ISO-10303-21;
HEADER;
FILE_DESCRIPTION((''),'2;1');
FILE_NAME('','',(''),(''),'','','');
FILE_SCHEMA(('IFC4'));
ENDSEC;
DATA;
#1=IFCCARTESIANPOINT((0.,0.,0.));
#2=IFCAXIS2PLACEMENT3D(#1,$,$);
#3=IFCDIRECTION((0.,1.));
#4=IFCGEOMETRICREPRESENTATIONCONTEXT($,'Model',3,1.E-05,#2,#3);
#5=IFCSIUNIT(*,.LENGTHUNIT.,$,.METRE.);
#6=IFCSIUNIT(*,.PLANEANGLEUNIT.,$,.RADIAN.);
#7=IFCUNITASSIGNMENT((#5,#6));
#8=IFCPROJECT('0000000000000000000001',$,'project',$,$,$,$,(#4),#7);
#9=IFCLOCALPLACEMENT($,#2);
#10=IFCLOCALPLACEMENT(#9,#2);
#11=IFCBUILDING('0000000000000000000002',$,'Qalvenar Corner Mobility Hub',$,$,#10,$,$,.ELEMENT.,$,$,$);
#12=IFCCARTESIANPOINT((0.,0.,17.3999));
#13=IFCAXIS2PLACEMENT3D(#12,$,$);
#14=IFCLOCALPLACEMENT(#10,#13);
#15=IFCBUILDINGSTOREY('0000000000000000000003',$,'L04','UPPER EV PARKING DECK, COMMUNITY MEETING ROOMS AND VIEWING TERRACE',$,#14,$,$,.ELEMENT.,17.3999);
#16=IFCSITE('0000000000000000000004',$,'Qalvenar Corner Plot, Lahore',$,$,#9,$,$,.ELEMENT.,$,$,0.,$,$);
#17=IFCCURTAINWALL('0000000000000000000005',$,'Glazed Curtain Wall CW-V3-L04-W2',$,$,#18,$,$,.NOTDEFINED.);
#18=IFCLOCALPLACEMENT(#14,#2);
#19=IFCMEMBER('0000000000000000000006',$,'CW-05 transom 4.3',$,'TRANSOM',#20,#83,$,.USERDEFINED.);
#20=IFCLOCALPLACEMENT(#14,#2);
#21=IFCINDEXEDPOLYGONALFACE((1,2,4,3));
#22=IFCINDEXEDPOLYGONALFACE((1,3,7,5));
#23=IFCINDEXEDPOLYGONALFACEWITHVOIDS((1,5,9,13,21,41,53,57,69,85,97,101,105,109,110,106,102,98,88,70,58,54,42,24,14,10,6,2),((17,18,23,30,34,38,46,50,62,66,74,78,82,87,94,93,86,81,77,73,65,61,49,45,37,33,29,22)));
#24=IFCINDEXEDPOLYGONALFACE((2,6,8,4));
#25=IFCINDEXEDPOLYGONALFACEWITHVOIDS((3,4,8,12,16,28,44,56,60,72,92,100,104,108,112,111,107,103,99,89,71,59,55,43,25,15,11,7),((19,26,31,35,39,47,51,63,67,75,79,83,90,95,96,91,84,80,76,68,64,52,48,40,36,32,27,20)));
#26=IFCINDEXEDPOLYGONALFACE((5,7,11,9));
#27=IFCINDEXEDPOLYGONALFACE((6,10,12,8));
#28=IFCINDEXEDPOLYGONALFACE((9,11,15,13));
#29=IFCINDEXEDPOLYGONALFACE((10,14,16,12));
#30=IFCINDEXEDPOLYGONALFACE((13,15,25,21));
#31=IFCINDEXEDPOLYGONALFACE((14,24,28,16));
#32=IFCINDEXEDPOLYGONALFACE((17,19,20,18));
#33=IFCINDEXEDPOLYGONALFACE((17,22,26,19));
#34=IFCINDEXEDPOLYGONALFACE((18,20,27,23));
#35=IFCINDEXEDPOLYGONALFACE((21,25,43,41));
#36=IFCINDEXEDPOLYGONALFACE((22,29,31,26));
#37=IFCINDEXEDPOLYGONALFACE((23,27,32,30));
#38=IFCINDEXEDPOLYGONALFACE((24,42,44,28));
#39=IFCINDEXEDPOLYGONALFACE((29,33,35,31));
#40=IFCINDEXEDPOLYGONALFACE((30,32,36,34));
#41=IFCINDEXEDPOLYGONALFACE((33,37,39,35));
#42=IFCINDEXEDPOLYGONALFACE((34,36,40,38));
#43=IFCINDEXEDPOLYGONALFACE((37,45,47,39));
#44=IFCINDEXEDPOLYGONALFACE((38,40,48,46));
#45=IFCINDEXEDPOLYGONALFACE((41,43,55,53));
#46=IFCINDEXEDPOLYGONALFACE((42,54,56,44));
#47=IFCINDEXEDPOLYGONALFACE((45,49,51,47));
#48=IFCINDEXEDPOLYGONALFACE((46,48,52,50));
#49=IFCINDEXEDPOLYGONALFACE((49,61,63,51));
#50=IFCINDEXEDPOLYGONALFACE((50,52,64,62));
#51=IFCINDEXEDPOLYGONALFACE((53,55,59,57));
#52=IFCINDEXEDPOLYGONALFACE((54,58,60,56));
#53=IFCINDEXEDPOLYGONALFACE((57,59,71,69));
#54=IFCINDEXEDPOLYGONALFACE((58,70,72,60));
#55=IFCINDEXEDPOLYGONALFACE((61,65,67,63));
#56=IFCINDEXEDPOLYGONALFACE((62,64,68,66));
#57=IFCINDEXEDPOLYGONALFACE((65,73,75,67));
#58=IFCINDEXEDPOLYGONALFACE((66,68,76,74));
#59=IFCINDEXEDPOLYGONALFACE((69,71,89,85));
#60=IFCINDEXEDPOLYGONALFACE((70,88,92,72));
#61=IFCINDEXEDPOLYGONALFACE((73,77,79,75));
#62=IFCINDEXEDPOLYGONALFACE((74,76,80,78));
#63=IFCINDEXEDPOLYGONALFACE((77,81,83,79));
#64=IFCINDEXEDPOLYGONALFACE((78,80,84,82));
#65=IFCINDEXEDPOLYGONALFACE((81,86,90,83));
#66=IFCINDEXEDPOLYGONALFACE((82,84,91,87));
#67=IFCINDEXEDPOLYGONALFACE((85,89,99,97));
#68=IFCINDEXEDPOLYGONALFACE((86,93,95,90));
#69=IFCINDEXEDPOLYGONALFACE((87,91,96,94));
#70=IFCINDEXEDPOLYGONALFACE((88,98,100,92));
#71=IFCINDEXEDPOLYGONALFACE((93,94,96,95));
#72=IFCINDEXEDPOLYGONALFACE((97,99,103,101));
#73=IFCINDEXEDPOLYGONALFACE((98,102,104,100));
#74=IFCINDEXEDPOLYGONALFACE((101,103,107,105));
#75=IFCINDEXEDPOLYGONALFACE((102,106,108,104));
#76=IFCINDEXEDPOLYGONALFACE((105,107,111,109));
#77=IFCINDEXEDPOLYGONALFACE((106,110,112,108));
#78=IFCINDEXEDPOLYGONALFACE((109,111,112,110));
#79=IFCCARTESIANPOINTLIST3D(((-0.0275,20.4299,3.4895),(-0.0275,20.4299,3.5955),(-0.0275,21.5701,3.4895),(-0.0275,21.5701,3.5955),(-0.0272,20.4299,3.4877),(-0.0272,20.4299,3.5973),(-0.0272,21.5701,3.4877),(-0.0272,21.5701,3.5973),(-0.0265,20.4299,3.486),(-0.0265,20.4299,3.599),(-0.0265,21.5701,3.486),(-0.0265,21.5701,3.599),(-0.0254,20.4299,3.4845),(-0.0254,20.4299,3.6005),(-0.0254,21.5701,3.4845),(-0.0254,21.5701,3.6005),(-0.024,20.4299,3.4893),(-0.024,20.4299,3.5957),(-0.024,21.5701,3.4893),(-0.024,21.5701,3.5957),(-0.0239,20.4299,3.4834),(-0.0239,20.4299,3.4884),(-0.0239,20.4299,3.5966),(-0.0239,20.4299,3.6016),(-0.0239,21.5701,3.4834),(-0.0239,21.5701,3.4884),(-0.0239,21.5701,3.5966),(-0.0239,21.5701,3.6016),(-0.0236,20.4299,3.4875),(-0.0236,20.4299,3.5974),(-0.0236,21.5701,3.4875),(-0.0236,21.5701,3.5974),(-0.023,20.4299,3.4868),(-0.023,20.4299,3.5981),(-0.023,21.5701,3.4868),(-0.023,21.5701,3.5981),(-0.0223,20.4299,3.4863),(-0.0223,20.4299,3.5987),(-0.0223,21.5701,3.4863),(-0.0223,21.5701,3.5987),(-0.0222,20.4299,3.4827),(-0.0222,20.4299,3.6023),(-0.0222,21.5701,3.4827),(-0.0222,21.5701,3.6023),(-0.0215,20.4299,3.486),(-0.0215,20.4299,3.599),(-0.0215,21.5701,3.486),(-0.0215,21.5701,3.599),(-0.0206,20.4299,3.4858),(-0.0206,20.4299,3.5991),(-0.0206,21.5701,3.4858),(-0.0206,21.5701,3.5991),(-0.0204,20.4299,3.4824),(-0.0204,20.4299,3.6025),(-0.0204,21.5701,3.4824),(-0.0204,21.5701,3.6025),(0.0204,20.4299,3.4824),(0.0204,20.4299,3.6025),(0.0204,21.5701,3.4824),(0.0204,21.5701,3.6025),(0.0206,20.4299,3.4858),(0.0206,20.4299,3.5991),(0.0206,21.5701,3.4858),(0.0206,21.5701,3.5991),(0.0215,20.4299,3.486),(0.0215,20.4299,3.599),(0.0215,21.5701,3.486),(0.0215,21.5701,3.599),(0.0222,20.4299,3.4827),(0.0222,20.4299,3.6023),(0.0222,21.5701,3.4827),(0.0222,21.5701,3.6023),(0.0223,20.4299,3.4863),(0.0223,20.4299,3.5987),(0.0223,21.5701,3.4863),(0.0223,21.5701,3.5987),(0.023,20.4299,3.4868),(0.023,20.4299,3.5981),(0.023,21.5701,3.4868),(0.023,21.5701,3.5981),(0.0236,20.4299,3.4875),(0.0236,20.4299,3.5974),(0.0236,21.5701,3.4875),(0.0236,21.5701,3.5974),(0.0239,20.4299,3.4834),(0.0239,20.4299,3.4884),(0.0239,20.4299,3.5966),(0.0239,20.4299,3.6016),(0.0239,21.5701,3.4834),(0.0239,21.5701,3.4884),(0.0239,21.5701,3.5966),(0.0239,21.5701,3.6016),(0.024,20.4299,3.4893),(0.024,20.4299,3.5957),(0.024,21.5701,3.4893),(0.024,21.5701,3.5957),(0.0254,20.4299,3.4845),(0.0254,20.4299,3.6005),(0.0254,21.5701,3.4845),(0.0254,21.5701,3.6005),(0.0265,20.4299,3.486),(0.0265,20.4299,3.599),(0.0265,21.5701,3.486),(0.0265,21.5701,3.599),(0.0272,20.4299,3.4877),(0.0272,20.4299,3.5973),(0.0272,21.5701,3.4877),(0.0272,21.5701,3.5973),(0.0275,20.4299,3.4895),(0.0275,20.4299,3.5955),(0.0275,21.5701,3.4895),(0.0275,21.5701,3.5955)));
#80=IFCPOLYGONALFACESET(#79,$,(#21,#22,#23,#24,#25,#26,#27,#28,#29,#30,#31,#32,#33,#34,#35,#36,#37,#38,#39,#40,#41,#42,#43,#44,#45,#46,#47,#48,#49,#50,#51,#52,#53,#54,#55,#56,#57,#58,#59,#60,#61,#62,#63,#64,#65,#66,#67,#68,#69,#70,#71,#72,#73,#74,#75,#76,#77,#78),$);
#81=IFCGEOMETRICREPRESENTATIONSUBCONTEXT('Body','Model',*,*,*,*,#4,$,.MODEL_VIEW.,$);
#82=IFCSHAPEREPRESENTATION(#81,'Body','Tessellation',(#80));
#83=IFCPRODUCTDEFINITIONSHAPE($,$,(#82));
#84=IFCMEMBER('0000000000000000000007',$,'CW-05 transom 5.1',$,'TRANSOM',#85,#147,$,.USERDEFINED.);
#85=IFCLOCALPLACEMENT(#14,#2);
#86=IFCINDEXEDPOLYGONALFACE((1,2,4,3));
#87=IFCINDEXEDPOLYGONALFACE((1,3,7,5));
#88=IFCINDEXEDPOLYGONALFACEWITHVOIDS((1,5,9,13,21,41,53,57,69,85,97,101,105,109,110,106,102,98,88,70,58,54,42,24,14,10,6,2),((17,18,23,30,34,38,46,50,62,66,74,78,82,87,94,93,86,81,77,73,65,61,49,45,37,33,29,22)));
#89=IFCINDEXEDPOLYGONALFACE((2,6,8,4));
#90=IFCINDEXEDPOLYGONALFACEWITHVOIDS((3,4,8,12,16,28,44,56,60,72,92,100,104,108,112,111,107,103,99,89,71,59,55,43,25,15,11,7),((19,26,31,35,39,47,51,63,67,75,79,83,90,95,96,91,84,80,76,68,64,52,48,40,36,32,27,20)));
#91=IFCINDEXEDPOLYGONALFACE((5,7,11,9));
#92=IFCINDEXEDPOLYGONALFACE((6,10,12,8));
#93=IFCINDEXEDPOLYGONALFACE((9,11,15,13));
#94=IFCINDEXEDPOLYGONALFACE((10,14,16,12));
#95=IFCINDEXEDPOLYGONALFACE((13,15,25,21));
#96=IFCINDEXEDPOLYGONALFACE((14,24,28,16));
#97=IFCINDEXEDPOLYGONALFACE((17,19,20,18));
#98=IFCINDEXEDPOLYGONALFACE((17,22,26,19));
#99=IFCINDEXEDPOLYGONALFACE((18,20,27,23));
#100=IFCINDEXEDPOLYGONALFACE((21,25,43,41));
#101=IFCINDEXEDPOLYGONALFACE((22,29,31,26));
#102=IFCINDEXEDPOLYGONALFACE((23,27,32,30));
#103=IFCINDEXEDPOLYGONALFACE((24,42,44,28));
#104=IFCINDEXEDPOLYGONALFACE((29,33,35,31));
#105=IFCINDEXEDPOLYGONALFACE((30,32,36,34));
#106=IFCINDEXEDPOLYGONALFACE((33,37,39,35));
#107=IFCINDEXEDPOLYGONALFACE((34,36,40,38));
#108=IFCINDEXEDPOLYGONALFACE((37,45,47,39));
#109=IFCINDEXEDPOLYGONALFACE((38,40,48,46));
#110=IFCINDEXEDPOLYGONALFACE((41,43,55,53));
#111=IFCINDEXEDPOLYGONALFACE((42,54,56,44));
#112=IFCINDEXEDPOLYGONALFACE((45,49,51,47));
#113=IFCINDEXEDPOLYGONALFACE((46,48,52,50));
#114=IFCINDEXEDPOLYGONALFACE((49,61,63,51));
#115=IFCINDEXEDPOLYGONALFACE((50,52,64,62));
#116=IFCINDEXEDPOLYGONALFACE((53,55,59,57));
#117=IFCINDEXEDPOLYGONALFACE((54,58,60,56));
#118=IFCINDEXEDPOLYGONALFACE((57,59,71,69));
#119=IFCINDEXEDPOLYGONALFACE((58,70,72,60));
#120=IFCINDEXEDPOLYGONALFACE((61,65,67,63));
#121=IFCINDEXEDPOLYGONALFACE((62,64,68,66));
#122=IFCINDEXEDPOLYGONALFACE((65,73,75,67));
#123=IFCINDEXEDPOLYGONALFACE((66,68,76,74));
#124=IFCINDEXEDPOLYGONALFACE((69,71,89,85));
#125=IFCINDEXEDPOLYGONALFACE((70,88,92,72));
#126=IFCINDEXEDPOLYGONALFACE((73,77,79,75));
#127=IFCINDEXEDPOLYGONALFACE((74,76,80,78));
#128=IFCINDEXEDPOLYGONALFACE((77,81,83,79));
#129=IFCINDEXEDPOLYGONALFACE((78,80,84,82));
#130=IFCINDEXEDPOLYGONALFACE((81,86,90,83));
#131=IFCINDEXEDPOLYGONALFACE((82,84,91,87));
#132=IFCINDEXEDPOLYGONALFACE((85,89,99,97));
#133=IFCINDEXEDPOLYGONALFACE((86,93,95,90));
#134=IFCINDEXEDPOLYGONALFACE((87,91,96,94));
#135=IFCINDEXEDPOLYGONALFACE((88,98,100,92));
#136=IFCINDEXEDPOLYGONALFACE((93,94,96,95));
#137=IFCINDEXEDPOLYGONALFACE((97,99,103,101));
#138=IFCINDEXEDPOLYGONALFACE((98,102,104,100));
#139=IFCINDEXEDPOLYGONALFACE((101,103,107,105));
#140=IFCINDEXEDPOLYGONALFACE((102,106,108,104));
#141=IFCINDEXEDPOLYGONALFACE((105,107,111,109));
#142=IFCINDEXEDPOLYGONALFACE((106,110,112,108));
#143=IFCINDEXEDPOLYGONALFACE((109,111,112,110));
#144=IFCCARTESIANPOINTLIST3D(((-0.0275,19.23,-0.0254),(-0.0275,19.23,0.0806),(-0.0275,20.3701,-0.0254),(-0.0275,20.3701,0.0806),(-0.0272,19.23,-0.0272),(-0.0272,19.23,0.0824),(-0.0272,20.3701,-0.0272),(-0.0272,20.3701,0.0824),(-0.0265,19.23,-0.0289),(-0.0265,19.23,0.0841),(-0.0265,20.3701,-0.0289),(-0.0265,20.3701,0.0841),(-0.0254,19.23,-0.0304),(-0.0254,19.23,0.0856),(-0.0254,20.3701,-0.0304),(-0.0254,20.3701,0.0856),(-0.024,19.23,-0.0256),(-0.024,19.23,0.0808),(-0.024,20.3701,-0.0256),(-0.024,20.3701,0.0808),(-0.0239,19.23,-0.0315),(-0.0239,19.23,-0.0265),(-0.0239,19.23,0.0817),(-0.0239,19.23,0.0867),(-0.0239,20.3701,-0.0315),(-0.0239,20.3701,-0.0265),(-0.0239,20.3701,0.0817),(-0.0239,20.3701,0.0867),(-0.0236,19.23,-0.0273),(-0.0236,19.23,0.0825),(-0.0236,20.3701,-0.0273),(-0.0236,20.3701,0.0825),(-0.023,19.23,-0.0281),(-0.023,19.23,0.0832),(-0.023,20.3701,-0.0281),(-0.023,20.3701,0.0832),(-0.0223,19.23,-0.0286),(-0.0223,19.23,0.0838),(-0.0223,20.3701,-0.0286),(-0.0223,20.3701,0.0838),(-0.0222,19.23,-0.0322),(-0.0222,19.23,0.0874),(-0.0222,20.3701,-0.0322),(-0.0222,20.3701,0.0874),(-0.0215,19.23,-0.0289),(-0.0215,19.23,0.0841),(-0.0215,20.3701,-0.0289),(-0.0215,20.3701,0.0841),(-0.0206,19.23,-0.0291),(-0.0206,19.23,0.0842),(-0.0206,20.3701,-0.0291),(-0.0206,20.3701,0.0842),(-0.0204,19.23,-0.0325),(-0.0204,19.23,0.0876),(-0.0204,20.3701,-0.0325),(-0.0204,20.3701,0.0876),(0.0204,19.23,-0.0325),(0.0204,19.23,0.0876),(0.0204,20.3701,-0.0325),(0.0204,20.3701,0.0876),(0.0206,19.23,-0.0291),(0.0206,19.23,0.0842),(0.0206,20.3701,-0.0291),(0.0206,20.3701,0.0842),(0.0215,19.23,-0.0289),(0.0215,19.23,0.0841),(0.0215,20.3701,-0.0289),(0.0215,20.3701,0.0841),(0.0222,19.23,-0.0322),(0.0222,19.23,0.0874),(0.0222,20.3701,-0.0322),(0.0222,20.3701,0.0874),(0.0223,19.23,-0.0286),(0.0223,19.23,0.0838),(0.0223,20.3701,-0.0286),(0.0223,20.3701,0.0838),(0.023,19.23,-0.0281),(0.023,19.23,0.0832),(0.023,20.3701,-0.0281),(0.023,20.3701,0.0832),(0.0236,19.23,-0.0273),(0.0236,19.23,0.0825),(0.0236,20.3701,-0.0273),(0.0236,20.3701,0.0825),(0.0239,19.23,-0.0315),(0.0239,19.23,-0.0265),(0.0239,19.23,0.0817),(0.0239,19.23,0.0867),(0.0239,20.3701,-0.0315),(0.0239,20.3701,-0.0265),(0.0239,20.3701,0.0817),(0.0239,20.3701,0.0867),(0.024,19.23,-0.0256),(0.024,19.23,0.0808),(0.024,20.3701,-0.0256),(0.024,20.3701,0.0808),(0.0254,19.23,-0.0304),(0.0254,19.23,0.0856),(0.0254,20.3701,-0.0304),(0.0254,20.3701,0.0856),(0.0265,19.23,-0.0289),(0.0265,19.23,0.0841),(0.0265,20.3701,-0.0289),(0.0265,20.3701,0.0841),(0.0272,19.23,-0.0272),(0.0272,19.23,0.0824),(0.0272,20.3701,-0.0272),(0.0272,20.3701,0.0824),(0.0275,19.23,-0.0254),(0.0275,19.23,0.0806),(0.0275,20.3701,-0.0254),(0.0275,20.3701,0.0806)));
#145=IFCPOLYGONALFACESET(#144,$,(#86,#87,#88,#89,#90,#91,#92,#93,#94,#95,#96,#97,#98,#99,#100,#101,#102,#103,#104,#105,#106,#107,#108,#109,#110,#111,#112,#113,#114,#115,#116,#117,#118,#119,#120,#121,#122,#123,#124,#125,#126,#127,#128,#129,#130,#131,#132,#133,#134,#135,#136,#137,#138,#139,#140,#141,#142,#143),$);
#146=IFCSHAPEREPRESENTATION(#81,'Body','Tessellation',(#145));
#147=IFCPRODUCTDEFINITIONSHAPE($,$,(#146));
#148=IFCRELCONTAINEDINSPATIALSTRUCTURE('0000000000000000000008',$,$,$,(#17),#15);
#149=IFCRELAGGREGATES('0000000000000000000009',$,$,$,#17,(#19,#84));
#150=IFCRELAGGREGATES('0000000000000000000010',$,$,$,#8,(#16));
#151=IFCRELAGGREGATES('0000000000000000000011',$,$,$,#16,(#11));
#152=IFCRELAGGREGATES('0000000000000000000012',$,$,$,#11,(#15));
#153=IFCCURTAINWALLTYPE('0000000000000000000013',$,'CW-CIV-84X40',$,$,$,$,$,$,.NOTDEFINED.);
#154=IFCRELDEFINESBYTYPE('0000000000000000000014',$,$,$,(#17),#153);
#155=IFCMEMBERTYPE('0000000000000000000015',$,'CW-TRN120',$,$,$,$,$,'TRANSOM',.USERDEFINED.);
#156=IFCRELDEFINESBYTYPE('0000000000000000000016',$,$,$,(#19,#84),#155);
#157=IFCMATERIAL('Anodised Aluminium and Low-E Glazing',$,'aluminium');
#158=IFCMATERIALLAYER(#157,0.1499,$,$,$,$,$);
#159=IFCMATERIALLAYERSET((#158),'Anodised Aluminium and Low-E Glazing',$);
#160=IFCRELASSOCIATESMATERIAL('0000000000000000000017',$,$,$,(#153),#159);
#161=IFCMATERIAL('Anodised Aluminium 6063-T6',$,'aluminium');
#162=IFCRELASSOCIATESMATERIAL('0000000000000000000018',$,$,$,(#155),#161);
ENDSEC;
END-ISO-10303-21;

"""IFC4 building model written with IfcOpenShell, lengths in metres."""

from ifc_helpers import new_model, si_unit, direction, frame, origin, origin_2d, place, context, subcontext, project, spatial, hollow_rectangle, extrude, material, layer, layer_set, material_profile, profile_set, type_object, element, aggregate, save


model = new_model("IFC4")

# Units and contexts
model_context = context("Model", 3, precision=1e-05, world=origin(), true_north=direction((0.0, 1.0)))
body_context = subcontext(model_context, "Body", "Model", "MODEL_VIEW")
ifc_project = project(units=[si_unit("LENGTHUNIT", "METRE"), si_unit("PLANEANGLEUNIT", "RADIAN")], contexts=[model_context])

# Site, building, storey
site_placement = place(None, origin())
site = spatial("IfcSite", under=ifc_project, at=site_placement, Name="Qalvenar Corner Plot, Lahore", CompositionType="ELEMENT", RefElevation=0.0)
building_placement = place(site_placement, origin())
building = spatial("IfcBuilding", under=site, at=building_placement, Name="Qalvenar Corner Mobility Hub", CompositionType="ELEMENT")
storey_placement = place(building_placement, frame((0.0, 0.0, 17.3999)))
storey = spatial("IfcBuildingStorey", under=building, at=storey_placement, Name="L04", Description="UPPER EV PARKING DECK, COMMUNITY MEETING ROOMS AND VIEWING TERRACE", CompositionType="ELEMENT", Elevation=17.3999)

# Curtain wall, members
ifc_material_1 = material(Name="Anodised Aluminium and Low-E Glazing", Category="aluminium")
ifc_layer_1 = layer(ifc_material_1, 0.1499)
ifc_layer_set_1 = layer_set([ifc_layer_1], Name="Anodised Aluminium and Low-E Glazing")
curtain_wall_type = type_object("IfcCurtainWallType", Name="CW-CIV-84X40", PredefinedType="NOTDEFINED", material=ifc_layer_set_1)
curtain_wall_placement = place(storey_placement, origin())
curtain_wall = element("IfcCurtainWall", 1, at=curtain_wall_placement, inside=storey, type_object=curtain_wall_type, Name="Glazed Curtain Wall CW-V3-L04-W2", PredefinedType="NOTDEFINED")
ifc_material_2 = material(Name="Anodised Aluminium 6063-T6", Category="aluminium")
ifc_material_profile_1 = material_profile(ifc_material_2, hollow_rectangle(XDim=0.0549, YDim=0.1201, WallThickness=0.0034, InnerFilletRadius=0.0034, OuterFilletRadius=0.0071, at=origin_2d()), Name="RHS120x55x3.5")
ifc_profile_set_1 = profile_set([ifc_material_profile_1], Name="Anodised Aluminium 6063-T6")
member_type_1 = type_object("IfcMemberType", Name="CW-TRN120", ElementType="TRANSOM", PredefinedType="USERDEFINED", material=ifc_profile_set_1)
member_1_placement = place(storey_placement, frame((0.0, 21.5701, 3.5425), z_axis=(0.0, -1.0, 0.0), x_axis=(1.0, 0.0, 0.0)))
member_1 = element("IfcMember", 2, at=member_1_placement, type_object=member_type_1, Name="CW-05 transom 4.3", ObjectType="TRANSOM", PredefinedType="USERDEFINED", context=body_context, shape_type="SweptSolid", body=[
    extrude(hollow_rectangle(XDim=0.0549, YDim=0.1201, WallThickness=0.0034, InnerFilletRadius=0.0034, OuterFilletRadius=0.0071, at=origin_2d()), origin(), (0.0, 0.0, 1.0), 1.1401),
])
member_2_placement = place(storey_placement, frame((0.0, 20.3701, 0.0276), z_axis=(0.0, -1.0, 0.0), x_axis=(1.0, 0.0, 0.0)))
member_2 = element("IfcMember", 3, at=member_2_placement, type_object=member_type_1, Name="CW-05 transom 5.1", ObjectType="TRANSOM", PredefinedType="USERDEFINED", context=body_context, shape_type="SweptSolid", body=[
    extrude(hollow_rectangle(XDim=0.0549, YDim=0.1201, WallThickness=0.0034, InnerFilletRadius=0.0034, OuterFilletRadius=0.0071, at=origin_2d()), origin(), (0.0, 0.0, 1.0), 1.1401),
])
aggregate(curtain_wall, [member_1, member_2])

save(model, "model.ifc")
